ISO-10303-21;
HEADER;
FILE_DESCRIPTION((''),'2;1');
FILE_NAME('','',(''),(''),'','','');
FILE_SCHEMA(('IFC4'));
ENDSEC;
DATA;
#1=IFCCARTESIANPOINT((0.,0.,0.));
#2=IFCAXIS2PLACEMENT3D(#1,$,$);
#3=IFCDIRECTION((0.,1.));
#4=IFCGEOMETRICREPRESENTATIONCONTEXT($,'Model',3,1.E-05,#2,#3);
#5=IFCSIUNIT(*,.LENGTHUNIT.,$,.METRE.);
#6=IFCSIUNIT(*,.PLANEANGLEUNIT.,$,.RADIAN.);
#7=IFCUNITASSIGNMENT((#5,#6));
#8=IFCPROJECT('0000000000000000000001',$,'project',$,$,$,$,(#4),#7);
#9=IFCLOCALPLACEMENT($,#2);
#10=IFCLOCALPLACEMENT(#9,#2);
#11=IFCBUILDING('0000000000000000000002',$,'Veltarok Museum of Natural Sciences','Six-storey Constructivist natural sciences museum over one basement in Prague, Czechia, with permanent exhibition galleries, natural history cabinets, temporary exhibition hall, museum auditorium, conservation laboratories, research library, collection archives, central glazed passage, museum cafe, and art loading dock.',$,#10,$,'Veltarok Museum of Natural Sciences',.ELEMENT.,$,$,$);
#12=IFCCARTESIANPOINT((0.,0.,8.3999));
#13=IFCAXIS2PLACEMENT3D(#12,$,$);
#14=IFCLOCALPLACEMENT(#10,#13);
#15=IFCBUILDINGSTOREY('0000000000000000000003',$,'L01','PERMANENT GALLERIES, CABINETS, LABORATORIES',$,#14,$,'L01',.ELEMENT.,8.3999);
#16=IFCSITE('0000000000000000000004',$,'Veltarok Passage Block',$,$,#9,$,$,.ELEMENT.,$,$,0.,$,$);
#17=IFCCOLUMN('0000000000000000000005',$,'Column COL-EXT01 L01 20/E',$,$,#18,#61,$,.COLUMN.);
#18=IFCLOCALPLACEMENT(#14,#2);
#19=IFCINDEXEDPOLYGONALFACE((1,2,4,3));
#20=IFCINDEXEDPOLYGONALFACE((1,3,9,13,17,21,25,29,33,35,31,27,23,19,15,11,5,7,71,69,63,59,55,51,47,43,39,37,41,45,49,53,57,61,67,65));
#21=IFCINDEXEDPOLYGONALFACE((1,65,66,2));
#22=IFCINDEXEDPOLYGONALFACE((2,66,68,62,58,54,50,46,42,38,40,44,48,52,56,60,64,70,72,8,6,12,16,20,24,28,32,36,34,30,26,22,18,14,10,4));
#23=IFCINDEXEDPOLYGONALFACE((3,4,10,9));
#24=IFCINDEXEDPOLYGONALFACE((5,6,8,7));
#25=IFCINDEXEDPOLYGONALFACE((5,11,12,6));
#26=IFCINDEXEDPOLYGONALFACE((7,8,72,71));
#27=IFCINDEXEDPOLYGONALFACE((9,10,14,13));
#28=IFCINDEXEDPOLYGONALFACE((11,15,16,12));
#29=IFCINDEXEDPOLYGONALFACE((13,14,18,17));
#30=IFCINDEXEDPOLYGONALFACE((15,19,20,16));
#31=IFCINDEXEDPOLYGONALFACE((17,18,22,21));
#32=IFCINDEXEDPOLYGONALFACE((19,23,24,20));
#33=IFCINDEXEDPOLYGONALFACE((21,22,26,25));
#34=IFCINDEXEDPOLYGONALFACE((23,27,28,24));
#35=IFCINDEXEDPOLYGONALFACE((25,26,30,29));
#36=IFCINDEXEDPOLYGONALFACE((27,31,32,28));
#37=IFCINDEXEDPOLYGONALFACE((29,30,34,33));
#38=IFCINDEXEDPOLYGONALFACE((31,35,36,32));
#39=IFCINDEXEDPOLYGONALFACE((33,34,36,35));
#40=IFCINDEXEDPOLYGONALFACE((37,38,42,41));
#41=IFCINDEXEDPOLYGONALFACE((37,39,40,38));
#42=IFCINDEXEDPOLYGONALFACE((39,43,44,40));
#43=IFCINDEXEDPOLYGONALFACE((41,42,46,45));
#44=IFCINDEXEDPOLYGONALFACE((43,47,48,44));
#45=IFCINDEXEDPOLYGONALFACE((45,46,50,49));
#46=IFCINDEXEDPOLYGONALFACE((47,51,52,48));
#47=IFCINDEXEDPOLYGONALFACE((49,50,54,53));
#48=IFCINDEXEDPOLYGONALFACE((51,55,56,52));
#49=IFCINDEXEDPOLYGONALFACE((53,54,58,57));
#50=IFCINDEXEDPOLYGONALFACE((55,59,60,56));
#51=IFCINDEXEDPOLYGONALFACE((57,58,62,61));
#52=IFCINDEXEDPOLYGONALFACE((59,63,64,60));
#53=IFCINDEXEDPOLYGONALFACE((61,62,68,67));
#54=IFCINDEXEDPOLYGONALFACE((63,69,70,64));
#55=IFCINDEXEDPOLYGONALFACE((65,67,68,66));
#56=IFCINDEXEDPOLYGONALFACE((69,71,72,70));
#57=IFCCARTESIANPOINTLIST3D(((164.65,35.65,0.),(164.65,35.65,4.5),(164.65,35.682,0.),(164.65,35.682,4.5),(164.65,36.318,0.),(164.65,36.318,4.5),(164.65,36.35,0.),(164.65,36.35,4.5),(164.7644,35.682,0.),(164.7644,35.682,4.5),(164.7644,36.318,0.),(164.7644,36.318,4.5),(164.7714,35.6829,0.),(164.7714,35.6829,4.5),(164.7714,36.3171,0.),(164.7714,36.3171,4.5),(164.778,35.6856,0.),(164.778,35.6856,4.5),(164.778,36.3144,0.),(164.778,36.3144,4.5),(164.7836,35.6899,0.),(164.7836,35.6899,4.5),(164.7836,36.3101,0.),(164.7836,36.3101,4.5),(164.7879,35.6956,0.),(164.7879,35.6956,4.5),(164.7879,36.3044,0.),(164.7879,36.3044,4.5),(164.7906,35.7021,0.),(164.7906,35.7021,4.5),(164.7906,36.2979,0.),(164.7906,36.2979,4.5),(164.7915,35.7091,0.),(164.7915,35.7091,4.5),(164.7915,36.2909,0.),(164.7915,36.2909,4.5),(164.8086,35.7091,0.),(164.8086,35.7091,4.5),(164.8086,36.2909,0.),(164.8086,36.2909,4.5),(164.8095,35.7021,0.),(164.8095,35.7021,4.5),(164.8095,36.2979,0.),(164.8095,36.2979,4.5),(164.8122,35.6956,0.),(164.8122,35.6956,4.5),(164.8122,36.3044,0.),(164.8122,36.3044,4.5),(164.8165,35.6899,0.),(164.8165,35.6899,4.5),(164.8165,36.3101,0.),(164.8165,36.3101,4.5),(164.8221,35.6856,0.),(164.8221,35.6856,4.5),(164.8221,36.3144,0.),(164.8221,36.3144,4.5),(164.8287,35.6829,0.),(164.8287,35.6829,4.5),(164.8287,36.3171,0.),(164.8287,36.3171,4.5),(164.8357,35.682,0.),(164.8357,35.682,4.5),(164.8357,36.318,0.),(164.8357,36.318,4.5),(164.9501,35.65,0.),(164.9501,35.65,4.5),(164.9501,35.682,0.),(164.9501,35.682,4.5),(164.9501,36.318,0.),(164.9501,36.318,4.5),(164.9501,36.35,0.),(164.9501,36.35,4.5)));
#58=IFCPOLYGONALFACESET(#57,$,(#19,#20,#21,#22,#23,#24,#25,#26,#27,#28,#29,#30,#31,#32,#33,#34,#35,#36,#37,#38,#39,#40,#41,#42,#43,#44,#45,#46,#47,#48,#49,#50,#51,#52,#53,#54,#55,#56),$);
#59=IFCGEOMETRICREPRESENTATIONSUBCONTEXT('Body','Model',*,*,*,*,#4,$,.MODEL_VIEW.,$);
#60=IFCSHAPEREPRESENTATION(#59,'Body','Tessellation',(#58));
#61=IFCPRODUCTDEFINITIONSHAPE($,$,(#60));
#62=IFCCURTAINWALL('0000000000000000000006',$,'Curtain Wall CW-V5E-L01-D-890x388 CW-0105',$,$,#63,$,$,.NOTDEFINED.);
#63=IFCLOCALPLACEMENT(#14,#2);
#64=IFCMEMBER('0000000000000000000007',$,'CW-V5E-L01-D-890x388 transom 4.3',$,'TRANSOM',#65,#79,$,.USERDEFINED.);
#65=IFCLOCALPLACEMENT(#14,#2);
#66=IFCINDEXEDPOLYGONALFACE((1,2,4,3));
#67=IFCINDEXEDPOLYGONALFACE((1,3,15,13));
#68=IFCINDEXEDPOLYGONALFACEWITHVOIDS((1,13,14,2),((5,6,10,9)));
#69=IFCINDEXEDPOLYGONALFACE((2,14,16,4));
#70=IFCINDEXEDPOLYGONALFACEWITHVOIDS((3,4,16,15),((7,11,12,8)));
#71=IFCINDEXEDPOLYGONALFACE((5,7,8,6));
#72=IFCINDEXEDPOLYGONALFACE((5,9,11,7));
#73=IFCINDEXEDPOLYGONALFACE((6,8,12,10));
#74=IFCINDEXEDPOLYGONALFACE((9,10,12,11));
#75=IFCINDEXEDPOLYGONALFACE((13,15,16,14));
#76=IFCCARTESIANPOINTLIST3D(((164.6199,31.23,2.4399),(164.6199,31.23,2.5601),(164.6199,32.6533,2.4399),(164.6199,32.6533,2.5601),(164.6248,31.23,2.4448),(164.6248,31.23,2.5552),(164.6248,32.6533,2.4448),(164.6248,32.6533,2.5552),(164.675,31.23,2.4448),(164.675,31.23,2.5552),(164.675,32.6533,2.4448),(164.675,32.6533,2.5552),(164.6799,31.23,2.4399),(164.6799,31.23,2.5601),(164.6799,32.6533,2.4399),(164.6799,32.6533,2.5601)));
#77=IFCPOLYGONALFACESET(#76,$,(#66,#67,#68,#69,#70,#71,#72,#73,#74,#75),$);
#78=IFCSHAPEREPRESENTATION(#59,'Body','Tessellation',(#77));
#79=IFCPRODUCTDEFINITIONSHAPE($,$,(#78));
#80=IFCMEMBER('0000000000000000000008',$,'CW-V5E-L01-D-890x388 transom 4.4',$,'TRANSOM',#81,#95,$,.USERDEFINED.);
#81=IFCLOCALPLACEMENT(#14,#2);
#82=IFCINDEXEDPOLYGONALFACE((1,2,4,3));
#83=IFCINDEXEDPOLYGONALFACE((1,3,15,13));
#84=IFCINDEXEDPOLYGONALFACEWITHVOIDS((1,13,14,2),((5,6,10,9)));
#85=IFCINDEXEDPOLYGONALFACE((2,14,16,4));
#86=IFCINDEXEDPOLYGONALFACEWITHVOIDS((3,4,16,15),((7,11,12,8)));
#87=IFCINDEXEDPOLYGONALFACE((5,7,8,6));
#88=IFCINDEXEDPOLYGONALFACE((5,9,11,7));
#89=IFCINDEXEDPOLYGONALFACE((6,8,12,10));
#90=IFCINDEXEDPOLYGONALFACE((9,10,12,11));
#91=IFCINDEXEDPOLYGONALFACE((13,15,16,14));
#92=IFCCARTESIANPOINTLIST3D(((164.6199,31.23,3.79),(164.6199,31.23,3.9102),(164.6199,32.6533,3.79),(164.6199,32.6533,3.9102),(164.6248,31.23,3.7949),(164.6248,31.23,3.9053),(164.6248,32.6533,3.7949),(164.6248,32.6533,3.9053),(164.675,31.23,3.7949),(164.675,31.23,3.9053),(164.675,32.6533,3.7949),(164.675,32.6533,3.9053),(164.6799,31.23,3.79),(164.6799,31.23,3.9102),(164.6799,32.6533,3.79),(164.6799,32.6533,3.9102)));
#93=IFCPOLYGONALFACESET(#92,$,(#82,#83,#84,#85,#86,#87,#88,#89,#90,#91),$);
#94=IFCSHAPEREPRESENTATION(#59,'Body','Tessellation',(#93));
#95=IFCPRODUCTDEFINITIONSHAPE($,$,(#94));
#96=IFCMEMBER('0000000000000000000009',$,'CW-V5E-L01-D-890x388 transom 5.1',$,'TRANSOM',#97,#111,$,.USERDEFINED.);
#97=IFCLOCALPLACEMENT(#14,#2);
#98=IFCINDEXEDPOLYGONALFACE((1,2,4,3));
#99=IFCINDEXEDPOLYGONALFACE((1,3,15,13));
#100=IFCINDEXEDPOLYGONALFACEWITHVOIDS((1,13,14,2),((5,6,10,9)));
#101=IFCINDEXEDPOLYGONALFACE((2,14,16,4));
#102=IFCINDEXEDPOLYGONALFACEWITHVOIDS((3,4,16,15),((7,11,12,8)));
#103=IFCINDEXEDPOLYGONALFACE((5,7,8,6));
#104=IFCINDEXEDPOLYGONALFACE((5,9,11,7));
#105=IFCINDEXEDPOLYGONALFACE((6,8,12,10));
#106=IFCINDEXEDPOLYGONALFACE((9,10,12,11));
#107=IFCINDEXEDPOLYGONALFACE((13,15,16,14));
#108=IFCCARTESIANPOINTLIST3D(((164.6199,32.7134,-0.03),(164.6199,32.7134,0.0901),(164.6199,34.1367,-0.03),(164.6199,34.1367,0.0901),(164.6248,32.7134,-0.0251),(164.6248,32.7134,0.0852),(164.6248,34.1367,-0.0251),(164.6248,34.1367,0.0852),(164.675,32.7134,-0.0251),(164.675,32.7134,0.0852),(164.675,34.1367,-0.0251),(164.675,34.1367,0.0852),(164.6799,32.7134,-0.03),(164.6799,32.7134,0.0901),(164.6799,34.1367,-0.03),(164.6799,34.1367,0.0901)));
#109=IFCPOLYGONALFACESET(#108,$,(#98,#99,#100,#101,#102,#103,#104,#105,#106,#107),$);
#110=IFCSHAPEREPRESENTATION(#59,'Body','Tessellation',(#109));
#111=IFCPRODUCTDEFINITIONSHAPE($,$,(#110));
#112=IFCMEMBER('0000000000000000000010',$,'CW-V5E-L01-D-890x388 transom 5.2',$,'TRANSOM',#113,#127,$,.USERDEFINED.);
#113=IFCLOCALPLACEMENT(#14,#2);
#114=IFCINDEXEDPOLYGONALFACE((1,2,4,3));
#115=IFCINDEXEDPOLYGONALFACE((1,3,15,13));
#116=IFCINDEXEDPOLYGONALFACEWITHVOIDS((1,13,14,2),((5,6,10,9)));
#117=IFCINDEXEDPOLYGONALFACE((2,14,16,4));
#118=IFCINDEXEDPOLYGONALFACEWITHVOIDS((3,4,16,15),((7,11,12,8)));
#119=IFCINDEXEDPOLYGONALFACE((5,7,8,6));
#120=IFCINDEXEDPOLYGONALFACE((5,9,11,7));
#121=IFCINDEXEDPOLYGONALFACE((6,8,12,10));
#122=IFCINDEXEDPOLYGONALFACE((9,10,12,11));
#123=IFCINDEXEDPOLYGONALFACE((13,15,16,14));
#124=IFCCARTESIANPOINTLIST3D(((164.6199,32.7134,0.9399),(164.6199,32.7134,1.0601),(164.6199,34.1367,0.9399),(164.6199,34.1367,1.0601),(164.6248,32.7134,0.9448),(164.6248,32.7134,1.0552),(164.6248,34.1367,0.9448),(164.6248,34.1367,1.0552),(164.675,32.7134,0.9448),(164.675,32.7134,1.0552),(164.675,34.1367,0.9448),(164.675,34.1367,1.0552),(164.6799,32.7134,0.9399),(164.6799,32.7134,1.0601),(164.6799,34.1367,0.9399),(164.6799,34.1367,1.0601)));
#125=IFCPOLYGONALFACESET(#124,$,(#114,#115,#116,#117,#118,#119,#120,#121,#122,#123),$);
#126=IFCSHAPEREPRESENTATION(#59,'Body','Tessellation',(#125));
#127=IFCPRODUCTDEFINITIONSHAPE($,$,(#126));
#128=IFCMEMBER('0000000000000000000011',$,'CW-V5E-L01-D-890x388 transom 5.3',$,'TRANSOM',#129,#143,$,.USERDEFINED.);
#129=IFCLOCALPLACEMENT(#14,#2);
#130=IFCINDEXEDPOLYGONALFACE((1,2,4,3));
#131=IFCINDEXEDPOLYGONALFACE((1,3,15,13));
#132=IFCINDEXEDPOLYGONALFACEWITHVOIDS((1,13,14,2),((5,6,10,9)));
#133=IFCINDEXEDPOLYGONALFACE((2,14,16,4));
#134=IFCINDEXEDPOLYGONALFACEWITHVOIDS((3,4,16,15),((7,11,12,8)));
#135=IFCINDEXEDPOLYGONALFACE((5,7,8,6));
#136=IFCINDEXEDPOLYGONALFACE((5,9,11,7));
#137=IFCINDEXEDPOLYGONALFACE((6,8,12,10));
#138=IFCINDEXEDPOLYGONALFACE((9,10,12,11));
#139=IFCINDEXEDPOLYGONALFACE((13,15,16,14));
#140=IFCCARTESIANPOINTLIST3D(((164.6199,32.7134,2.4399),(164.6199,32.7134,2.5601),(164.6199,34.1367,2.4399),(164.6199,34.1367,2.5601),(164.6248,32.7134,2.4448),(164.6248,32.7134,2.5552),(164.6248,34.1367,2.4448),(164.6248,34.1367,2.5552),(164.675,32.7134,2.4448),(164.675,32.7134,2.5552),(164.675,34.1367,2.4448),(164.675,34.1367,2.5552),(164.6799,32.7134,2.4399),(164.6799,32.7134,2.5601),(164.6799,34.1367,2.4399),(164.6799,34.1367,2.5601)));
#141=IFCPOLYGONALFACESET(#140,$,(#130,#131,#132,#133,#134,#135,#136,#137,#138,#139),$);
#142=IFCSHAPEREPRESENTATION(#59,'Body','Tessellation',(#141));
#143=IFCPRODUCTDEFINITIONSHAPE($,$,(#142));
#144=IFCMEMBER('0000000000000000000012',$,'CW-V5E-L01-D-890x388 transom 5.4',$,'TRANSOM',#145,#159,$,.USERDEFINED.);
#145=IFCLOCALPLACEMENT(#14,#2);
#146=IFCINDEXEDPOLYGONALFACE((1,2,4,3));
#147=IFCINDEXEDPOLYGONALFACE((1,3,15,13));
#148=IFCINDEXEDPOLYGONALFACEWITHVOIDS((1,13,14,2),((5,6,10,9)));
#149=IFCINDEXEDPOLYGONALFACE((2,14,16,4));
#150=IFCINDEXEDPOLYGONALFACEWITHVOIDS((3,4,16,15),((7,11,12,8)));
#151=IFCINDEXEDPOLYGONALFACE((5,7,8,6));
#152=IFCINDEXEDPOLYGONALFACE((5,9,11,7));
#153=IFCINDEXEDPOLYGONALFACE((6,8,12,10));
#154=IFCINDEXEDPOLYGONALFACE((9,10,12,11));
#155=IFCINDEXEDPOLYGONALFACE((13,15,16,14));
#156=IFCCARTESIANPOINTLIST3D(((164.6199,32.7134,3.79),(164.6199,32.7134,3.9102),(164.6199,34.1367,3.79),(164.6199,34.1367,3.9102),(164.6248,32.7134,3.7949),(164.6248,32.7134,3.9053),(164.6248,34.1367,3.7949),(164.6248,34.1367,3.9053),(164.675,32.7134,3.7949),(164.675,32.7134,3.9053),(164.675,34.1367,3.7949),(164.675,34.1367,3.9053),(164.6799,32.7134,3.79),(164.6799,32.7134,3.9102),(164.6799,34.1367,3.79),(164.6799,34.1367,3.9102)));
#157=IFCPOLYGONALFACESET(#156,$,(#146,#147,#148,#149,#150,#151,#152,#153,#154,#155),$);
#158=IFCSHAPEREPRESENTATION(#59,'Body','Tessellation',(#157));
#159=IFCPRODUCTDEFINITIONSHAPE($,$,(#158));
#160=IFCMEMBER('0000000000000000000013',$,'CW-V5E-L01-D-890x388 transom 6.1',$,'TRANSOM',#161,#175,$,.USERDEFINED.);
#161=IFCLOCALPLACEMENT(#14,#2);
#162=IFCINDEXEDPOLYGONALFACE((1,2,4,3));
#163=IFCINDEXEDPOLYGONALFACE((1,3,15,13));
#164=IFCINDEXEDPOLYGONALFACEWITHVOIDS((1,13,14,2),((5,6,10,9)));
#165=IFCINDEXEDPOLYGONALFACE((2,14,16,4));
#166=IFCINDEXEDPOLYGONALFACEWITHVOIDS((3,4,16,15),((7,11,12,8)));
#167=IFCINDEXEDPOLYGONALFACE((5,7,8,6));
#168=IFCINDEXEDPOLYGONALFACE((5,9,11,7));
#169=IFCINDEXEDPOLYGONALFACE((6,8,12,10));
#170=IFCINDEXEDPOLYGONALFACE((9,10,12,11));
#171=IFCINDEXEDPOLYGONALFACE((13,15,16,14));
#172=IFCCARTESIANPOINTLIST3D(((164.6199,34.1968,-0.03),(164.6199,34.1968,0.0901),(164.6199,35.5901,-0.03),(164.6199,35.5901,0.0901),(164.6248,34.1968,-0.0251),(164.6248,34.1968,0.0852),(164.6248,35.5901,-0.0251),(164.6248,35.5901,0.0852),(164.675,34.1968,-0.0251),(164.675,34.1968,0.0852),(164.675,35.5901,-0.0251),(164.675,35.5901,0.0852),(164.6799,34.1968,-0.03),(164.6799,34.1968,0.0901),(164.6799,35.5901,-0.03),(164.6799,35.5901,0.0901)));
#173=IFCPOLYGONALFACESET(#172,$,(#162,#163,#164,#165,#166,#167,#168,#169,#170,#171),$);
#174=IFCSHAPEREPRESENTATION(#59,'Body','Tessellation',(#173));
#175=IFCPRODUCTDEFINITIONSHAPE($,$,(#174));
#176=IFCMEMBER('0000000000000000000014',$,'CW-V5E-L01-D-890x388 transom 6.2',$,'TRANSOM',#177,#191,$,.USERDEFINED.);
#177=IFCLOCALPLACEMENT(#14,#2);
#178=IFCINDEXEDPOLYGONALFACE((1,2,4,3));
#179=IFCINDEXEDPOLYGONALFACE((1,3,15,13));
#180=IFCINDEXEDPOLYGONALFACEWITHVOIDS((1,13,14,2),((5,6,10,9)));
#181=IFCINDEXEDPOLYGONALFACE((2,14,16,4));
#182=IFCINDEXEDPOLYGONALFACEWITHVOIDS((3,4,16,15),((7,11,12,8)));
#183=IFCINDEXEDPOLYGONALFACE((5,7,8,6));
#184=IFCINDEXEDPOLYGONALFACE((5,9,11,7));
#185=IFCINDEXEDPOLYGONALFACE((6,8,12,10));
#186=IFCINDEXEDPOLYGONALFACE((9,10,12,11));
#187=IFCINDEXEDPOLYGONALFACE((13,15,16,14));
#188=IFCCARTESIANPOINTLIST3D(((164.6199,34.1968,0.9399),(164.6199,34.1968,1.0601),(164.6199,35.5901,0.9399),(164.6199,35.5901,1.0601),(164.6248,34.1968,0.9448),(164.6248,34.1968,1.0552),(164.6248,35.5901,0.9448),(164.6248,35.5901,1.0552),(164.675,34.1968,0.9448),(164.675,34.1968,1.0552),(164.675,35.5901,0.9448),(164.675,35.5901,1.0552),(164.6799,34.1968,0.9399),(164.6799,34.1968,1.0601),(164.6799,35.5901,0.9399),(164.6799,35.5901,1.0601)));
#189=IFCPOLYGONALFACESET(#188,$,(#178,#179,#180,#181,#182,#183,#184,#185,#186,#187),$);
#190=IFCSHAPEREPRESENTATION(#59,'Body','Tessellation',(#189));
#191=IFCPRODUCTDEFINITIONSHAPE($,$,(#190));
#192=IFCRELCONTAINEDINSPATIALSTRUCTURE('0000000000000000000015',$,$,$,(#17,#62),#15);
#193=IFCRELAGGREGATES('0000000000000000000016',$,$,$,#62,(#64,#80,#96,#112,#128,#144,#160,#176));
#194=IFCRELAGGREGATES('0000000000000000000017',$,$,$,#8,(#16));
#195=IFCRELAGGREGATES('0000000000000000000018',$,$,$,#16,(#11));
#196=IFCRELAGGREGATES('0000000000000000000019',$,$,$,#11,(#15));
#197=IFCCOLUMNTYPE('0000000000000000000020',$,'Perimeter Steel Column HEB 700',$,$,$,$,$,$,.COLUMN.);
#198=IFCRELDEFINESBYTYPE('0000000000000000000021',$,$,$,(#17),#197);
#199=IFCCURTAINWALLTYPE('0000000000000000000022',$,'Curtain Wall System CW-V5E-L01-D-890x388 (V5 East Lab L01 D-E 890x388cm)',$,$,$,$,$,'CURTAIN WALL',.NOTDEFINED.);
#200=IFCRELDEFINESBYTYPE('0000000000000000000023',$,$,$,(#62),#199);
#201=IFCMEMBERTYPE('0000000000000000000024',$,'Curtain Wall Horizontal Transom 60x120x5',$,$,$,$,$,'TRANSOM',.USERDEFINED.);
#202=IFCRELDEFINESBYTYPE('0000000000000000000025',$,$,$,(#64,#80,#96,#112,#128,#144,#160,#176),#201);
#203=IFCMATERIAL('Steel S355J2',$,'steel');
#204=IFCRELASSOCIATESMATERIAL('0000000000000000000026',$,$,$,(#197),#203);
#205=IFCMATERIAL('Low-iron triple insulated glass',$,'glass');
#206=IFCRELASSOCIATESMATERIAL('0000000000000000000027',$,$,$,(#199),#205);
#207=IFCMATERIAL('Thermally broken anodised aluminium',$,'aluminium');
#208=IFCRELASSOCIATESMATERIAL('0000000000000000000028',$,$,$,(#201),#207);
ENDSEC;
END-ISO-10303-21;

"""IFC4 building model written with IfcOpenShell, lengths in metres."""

from ifc_helpers import new_model, si_unit, direction, frame, origin, origin_2d, place, context, subcontext, project, spatial, hollow_rectangle, i_section, extrude, material, material_profile, profile_set, type_object, element, aggregate, save


model = new_model("IFC4")

# Units and contexts
model_context = context("Model", 3, precision=1e-05, world=origin(), true_north=direction((0.0, 1.0)))
body_context = subcontext(model_context, "Body", "Model", "MODEL_VIEW")
ifc_project = project(units=[si_unit("LENGTHUNIT", "METRE"), si_unit("PLANEANGLEUNIT", "RADIAN")], contexts=[model_context])

# Site, building, storey
site_placement = place(None, origin())
site = spatial("IfcSite", under=ifc_project, at=site_placement, Name="Veltarok Passage Block", CompositionType="ELEMENT", RefElevation=0.0)
building_placement = place(site_placement, origin())
building = spatial("IfcBuilding", under=site, at=building_placement, Name="Veltarok Museum of Natural Sciences", Description="Six-storey Constructivist natural sciences museum over one basement in Prague, Czechia, with permanent exhibition galleries, natural history cabinets, temporary exhibition hall, museum auditorium, conservation laboratories, research library, collection archives, central glazed passage, museum cafe, and art loading dock.", LongName="Veltarok Museum of Natural Sciences", CompositionType="ELEMENT")
storey_placement = place(building_placement, frame((0.0, 0.0, 8.3999)))
storey = spatial("IfcBuildingStorey", under=building, at=storey_placement, Name="L01", Description="PERMANENT GALLERIES, CABINETS, LABORATORIES", LongName="L01", CompositionType="ELEMENT", Elevation=8.3999)

# Column
ifc_material_1 = material(Name="Steel S355J2", Category="steel")
ifc_material_profile_1 = material_profile(ifc_material_1, i_section(OverallWidth=0.3, OverallDepth=0.7, WebThickness=0.0171, FlangeThickness=0.032, FilletRadius=0.0271, at=origin_2d()), Name="HEB 700")
ifc_profile_set_1 = profile_set([ifc_material_profile_1], Name="Steel S355J2")
column_type = type_object("IfcColumnType", Name="Perimeter Steel Column HEB 700", PredefinedType="COLUMN", material=ifc_profile_set_1)
column_placement = place(storey_placement, frame((164.8, 36.0, 0.0), z_axis=(0.0, 0.0, 1.0), x_axis=(1.0, 0.0, 0.0)))
element("IfcColumn", 1, at=column_placement, inside=storey, type_object=column_type, Name="Column COL-EXT01 L01 20/E", PredefinedType="COLUMN", context=body_context, shape_type="SweptSolid", body=[
    extrude(i_section(OverallWidth=0.3, OverallDepth=0.7, WebThickness=0.0171, FlangeThickness=0.032, FilletRadius=0.0271, at=origin_2d()), origin(), (0.0, 0.0, 1.0), 4.5),
])

# Curtain wall, members
ifc_material_2 = material(Name="Low-iron triple insulated glass", Category="glass")
curtain_wall_type_1 = type_object("IfcCurtainWallType", Name="Curtain Wall System CW-V5E-L01-D-890x388 (V5 East Lab L01 D-E 890x388cm)", ElementType="CURTAIN WALL", PredefinedType="NOTDEFINED", material=ifc_material_2)
curtain_wall_1_placement = place(storey_placement, origin())
curtain_wall_1 = element("IfcCurtainWall", 2, at=curtain_wall_1_placement, inside=storey, type_object=curtain_wall_type_1, Name="Curtain Wall CW-V5E-L01-D-890x388 CW-0105", PredefinedType="NOTDEFINED")
ifc_material_3 = material(Name="Thermally broken anodised aluminium", Category="aluminium")
ifc_material_profile_2 = material_profile(ifc_material_3, hollow_rectangle(XDim=0.0601, YDim=0.1201, WallThickness=0.0049, at=origin_2d()), Name="CW TRANSOM 60x120x5")
ifc_profile_set_2 = profile_set([ifc_material_profile_2], Name="Thermally broken anodised aluminium")
member_type_1 = type_object("IfcMemberType", Name="Curtain Wall Horizontal Transom 60x120x5", ElementType="TRANSOM", PredefinedType="USERDEFINED", material=ifc_profile_set_2)
member_1_placement = place(storey_placement, frame((164.6499, 31.23, 2.5), z_axis=(0.0, 1.0, 0.0), x_axis=(-1.0, 0.0, 0.0)))
member_1 = element("IfcMember", 3, at=member_1_placement, type_object=member_type_1, Name="CW-V5E-L01-D-890x388 transom 4.3", ObjectType="TRANSOM", PredefinedType="USERDEFINED", context=body_context, shape_type="SweptSolid", body=[
    extrude(hollow_rectangle(XDim=0.0601, YDim=0.1201, WallThickness=0.0049, at=origin_2d()), origin(), (0.0, 0.0, 1.0), 1.4233),
])
member_2_placement = place(storey_placement, frame((164.6499, 31.23, 3.8501), z_axis=(0.0, 1.0, 0.0), x_axis=(-1.0, 0.0, 0.0)))
member_2 = element("IfcMember", 4, at=member_2_placement, type_object=member_type_1, Name="CW-V5E-L01-D-890x388 transom 4.4", ObjectType="TRANSOM", PredefinedType="USERDEFINED", context=body_context, shape_type="SweptSolid", body=[
    extrude(hollow_rectangle(XDim=0.0601, YDim=0.1201, WallThickness=0.0049, at=origin_2d()), origin(), (0.0, 0.0, 1.0), 1.4233),
])
member_3_placement = place(storey_placement, frame((164.6499, 32.7134, 0.03), z_axis=(0.0, 1.0, 0.0), x_axis=(-1.0, 0.0, 0.0)))
member_3 = element("IfcMember", 5, at=member_3_placement, type_object=member_type_1, Name="CW-V5E-L01-D-890x388 transom 5.1", ObjectType="TRANSOM", PredefinedType="USERDEFINED", context=body_context, shape_type="SweptSolid", body=[
    extrude(hollow_rectangle(XDim=0.0601, YDim=0.1201, WallThickness=0.0049, at=origin_2d()), origin(), (0.0, 0.0, 1.0), 1.4233),
])
member_4_placement = place(storey_placement, frame((164.6499, 32.7134, 1.0), z_axis=(0.0, 1.0, 0.0), x_axis=(-1.0, 0.0, 0.0)))
member_4 = element("IfcMember", 6, at=member_4_placement, type_object=member_type_1, Name="CW-V5E-L01-D-890x388 transom 5.2", ObjectType="TRANSOM", PredefinedType="USERDEFINED", context=body_context, shape_type="SweptSolid", body=[
    extrude(hollow_rectangle(XDim=0.0601, YDim=0.1201, WallThickness=0.0049, at=origin_2d()), origin(), (0.0, 0.0, 1.0), 1.4233),
])
member_5_placement = place(storey_placement, frame((164.6499, 32.7134, 2.5), z_axis=(0.0, 1.0, 0.0), x_axis=(-1.0, 0.0, 0.0)))
member_5 = element("IfcMember", 7, at=member_5_placement, type_object=member_type_1, Name="CW-V5E-L01-D-890x388 transom 5.3", ObjectType="TRANSOM", PredefinedType="USERDEFINED", context=body_context, shape_type="SweptSolid", body=[
    extrude(hollow_rectangle(XDim=0.0601, YDim=0.1201, WallThickness=0.0049, at=origin_2d()), origin(), (0.0, 0.0, 1.0), 1.4233),
])
member_6_placement = place(storey_placement, frame((164.6499, 32.7134, 3.8501), z_axis=(0.0, 1.0, 0.0), x_axis=(-1.0, 0.0, 0.0)))
member_6 = element("IfcMember", 8, at=member_6_placement, type_object=member_type_1, Name="CW-V5E-L01-D-890x388 transom 5.4", ObjectType="TRANSOM", PredefinedType="USERDEFINED", context=body_context, shape_type="SweptSolid", body=[
    extrude(hollow_rectangle(XDim=0.0601, YDim=0.1201, WallThickness=0.0049, at=origin_2d()), origin(), (0.0, 0.0, 1.0), 1.4233),
])
member_7_placement = place(storey_placement, frame((164.6499, 34.1968, 0.03), z_axis=(0.0, 1.0, 0.0), x_axis=(-1.0, 0.0, 0.0)))
member_7 = element("IfcMember", 9, at=member_7_placement, type_object=member_type_1, Name="CW-V5E-L01-D-890x388 transom 6.1", ObjectType="TRANSOM", PredefinedType="USERDEFINED", context=body_context, shape_type="SweptSolid", body=[
    extrude(hollow_rectangle(XDim=0.0601, YDim=0.1201, WallThickness=0.0049, at=origin_2d()), origin(), (0.0, 0.0, 1.0), 1.3933),
])
member_8_placement = place(storey_placement, frame((164.6499, 34.1968, 1.0), z_axis=(0.0, 1.0, 0.0), x_axis=(-1.0, 0.0, 0.0)))
member_8 = element("IfcMember", 10, at=member_8_placement, type_object=member_type_1, Name="CW-V5E-L01-D-890x388 transom 6.2", ObjectType="TRANSOM", PredefinedType="USERDEFINED", context=body_context, shape_type="SweptSolid", body=[
    extrude(hollow_rectangle(XDim=0.0601, YDim=0.1201, WallThickness=0.0049, at=origin_2d()), origin(), (0.0, 0.0, 1.0), 1.3933),
])

aggregate(curtain_wall_1, [member_1, member_2, member_3, member_4, member_5, member_6, member_7, member_8])

save(model, "model.ifc")
